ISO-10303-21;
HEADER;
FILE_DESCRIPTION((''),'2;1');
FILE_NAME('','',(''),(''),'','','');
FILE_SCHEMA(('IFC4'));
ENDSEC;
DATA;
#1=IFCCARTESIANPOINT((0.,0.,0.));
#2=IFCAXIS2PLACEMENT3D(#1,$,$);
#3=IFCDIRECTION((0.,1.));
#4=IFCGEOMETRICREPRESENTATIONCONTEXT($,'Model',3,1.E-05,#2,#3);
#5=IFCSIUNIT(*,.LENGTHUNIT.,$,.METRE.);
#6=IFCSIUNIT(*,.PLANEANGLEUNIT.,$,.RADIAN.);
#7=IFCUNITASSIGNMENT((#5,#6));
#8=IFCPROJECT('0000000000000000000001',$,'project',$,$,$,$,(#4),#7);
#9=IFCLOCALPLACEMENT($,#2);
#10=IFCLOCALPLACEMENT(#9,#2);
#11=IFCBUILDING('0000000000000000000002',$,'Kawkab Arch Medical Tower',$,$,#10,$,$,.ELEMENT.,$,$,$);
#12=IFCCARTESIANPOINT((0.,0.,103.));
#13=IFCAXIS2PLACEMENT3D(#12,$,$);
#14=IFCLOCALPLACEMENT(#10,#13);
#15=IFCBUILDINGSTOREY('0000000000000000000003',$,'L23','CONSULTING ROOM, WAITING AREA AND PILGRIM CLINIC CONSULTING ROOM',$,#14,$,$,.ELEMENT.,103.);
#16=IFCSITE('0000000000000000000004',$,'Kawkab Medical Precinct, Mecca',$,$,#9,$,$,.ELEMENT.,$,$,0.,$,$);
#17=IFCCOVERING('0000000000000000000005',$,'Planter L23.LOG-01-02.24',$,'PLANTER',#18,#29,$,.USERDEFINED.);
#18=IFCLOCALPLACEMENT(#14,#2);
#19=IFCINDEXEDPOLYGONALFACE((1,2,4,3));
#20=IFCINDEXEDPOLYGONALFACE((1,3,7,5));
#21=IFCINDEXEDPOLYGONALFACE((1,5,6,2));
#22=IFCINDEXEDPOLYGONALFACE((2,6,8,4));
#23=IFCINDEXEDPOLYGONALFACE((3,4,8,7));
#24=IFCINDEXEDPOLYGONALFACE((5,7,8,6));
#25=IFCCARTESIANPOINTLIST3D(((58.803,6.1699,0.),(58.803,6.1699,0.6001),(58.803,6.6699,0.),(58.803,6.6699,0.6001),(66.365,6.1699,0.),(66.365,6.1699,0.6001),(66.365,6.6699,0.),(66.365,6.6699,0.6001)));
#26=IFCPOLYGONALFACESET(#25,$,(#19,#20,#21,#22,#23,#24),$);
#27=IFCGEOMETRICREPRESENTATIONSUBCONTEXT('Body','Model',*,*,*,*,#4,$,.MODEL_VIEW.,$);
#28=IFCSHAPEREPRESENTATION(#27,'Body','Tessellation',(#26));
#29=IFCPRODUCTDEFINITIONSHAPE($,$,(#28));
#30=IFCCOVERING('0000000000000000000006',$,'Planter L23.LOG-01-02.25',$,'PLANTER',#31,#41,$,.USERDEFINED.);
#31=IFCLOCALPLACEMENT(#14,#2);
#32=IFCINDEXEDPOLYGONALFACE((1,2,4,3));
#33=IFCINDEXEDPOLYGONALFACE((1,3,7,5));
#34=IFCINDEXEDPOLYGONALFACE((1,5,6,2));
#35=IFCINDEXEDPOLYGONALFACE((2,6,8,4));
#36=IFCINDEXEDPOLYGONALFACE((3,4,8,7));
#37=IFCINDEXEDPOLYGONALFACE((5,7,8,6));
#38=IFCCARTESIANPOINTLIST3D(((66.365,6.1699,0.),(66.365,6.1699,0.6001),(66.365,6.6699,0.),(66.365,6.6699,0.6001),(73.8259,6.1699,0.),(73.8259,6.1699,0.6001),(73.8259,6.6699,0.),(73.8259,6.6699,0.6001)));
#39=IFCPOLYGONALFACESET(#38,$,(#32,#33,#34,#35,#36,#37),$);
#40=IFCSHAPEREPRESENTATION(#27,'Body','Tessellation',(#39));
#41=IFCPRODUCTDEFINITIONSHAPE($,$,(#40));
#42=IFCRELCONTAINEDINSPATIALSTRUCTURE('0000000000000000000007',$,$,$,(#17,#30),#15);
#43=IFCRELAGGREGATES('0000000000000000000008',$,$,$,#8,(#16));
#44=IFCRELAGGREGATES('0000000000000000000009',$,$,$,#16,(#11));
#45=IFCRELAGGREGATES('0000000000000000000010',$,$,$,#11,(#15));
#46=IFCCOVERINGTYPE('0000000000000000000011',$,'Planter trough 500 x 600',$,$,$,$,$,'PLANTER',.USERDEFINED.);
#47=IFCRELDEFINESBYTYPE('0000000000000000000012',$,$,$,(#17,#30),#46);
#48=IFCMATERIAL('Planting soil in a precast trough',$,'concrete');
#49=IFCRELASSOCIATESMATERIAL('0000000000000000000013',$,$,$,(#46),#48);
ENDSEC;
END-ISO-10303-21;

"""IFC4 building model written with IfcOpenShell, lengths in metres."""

from ifc_helpers import new_model, si_unit, direction, frame, origin, origin_2d, place, context, subcontext, project, spatial, rectangle, extrude, material, material_profile, profile_set, type_object, element, save


model = new_model("IFC4")

# Units and contexts
model_context = context("Model", 3, precision=1e-05, world=origin(), true_north=direction((0.0, 1.0)))
body_context = subcontext(model_context, "Body", "Model", "MODEL_VIEW")
ifc_project = project(units=[si_unit("LENGTHUNIT", "METRE"), si_unit("PLANEANGLEUNIT", "RADIAN")], contexts=[model_context])

# Site, building, storey
site_placement = place(None, origin())
site = spatial("IfcSite", under=ifc_project, at=site_placement, Name="Kawkab Medical Precinct, Mecca", CompositionType="ELEMENT", RefElevation=0.0)
building_placement = place(site_placement, origin())
building = spatial("IfcBuilding", under=site, at=building_placement, Name="Kawkab Arch Medical Tower", CompositionType="ELEMENT")
storey_placement = place(building_placement, frame((0.0, 0.0, 103.0)))
storey = spatial("IfcBuildingStorey", under=building, at=storey_placement, Name="L23", Description="CONSULTING ROOM, WAITING AREA AND PILGRIM CLINIC CONSULTING ROOM", CompositionType="ELEMENT", Elevation=103.0)

# Coverings
ifc_material_1 = material(Name="Planting soil in a precast trough", Category="concrete")
ifc_material_profile_1 = material_profile(ifc_material_1, rectangle(XDim=0.5, YDim=0.6001, at=origin_2d()), Name="Trough 500x600")
ifc_profile_set_1 = profile_set([ifc_material_profile_1], Name="Planting soil in a precast trough")
covering_type_1 = type_object("IfcCoveringType", Name="Planter trough 500 x 600", ElementType="PLANTER", PredefinedType="USERDEFINED", material=ifc_profile_set_1)
covering_1_placement = place(storey_placement, frame((58.803, 6.4199, 0.3), z_axis=(1.0, 0.0, 0.0), x_axis=(0.0, 1.0, 0.0)))
element("IfcCovering", 1, at=covering_1_placement, inside=storey, type_object=covering_type_1, Name="Planter L23.LOG-01-02.24", ObjectType="PLANTER", PredefinedType="USERDEFINED", context=body_context, shape_type="SweptSolid", body=[
    extrude(rectangle(XDim=0.5, YDim=0.6001, at=origin_2d()), origin(), (0.0, 0.0, 1.0), 7.562),
])
covering_2_placement = place(storey_placement, frame((66.365, 6.4199, 0.3), z_axis=(1.0, 0.0, 0.0), x_axis=(0.0, 1.0, 0.0)))
element("IfcCovering", 2, at=covering_2_placement, inside=storey, type_object=covering_type_1, Name="Planter L23.LOG-01-02.25", ObjectType="PLANTER", PredefinedType="USERDEFINED", context=body_context, shape_type="SweptSolid", body=[
    extrude(rectangle(XDim=0.5, YDim=0.6001, at=origin_2d()), origin(), (0.0, 0.0, 1.0), 7.4609),
])

save(model, "model.ifc")
